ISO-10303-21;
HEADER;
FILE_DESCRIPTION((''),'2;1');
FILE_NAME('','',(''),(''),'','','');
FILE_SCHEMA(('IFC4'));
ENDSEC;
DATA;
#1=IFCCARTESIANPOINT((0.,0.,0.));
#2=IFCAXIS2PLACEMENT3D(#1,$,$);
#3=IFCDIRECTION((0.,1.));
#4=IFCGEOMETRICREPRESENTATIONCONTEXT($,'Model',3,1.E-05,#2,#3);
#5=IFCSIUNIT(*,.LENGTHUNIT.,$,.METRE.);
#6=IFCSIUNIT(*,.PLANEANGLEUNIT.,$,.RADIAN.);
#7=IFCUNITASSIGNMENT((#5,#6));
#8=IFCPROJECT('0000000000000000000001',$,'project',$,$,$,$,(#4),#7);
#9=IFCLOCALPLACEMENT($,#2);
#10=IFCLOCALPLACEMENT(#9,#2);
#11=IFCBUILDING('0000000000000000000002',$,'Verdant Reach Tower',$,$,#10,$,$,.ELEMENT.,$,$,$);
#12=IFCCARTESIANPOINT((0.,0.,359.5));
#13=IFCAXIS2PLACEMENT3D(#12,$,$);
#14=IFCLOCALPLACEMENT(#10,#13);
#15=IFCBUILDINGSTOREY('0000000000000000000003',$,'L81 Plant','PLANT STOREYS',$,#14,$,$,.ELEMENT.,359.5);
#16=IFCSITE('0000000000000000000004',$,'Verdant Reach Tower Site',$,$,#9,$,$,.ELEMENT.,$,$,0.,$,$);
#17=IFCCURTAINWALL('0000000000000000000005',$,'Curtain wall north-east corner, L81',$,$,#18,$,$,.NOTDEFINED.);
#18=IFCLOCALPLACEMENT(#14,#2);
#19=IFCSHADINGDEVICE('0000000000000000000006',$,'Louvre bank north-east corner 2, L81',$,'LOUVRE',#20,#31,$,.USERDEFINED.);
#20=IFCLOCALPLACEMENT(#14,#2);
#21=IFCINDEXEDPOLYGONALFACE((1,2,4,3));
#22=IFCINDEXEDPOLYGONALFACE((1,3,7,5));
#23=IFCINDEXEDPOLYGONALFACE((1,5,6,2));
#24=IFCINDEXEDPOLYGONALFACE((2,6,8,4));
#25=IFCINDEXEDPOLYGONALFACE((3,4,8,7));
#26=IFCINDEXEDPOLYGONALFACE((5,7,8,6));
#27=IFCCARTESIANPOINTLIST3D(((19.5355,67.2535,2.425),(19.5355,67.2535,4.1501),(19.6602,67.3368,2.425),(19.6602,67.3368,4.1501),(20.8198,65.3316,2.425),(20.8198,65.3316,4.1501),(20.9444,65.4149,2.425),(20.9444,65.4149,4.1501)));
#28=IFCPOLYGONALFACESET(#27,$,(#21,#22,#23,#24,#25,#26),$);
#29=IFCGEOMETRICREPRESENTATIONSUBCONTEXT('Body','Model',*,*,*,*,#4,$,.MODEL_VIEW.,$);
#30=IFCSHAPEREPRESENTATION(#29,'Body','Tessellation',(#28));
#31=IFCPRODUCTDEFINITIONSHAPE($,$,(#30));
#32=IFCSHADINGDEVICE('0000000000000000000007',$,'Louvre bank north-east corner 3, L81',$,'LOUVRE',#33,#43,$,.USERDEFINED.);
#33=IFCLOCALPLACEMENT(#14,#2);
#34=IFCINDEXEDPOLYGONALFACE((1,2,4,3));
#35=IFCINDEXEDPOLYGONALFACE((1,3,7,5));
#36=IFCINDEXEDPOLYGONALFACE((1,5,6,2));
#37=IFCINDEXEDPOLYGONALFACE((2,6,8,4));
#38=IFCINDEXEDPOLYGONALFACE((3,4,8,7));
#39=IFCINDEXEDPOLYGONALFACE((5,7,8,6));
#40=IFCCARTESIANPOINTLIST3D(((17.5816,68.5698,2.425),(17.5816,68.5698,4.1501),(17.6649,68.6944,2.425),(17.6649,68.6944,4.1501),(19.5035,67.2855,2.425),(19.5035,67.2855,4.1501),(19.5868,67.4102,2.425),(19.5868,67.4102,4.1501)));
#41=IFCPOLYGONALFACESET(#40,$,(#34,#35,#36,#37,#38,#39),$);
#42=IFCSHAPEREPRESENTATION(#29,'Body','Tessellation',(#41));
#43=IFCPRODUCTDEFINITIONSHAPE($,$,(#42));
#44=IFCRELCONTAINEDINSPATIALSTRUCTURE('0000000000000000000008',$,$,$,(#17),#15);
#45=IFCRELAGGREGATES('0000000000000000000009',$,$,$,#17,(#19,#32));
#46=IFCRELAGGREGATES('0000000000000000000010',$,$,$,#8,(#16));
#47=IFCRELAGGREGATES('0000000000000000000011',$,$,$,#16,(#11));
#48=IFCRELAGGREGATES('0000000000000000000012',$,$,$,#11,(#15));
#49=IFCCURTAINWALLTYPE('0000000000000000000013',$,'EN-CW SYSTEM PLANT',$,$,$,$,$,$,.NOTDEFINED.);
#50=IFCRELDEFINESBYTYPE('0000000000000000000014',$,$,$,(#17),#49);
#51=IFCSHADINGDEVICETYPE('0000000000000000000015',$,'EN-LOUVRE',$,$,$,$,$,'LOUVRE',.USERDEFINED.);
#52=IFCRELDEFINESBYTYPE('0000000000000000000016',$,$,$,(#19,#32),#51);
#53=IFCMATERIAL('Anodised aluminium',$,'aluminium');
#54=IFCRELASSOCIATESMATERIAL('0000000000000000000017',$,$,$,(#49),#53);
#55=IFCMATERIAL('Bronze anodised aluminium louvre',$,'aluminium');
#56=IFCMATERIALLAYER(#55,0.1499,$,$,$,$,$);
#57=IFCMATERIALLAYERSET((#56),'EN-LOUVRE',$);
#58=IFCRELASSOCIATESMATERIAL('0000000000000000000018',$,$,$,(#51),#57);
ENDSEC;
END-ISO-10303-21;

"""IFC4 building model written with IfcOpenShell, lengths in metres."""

from ifc_helpers import new_model, si_unit, direction, frame, origin, origin_2d, place, context, subcontext, project, spatial, rectangle, extrude, material, layer, layer_set, type_object, element, aggregate, save


model = new_model("IFC4")

# Units and contexts
model_context = context("Model", 3, precision=1e-05, world=origin(), true_north=direction((0.0, 1.0)))
body_context = subcontext(model_context, "Body", "Model", "MODEL_VIEW")
ifc_project = project(units=[si_unit("LENGTHUNIT", "METRE"), si_unit("PLANEANGLEUNIT", "RADIAN")], contexts=[model_context])

# Site, building, storey
site_placement = place(None, origin())
site = spatial("IfcSite", under=ifc_project, at=site_placement, Name="Verdant Reach Tower Site", CompositionType="ELEMENT", RefElevation=0.0)
building_placement = place(site_placement, origin())
building = spatial("IfcBuilding", under=site, at=building_placement, Name="Verdant Reach Tower", CompositionType="ELEMENT")
storey_placement = place(building_placement, frame((0.0, 0.0, 359.5)))
storey = spatial("IfcBuildingStorey", under=building, at=storey_placement, Name="L81 Plant", Description="PLANT STOREYS", CompositionType="ELEMENT", Elevation=359.5)

# Shared definitions
ifc_material_1 = material(Name="Anodised aluminium", Category="aluminium")
curtain_wall_type = type_object("IfcCurtainWallType", Name="EN-CW SYSTEM PLANT", PredefinedType="NOTDEFINED", material=ifc_material_1)

# Curtain wall
curtain_wall_1_placement = place(storey_placement, origin())
curtain_wall_1 = element("IfcCurtainWall", 1, at=curtain_wall_1_placement, inside=storey, type_object=curtain_wall_type, Name="Curtain wall north-east corner, L81", PredefinedType="NOTDEFINED")

# Shading devices
ifc_material_2 = material(Name="Bronze anodised aluminium louvre", Category="aluminium")
ifc_layer_1 = layer(ifc_material_2, 0.1499)
ifc_layer_set_1 = layer_set([ifc_layer_1], Name="EN-LOUVRE")
shading_device_type = type_object("IfcShadingDeviceType", Name="EN-LOUVRE", ElementType="LOUVRE", PredefinedType="USERDEFINED", material=ifc_layer_set_1)
shading_device_1_placement = place(storey_placement, frame((20.24, 66.3342, 2.425), z_axis=(0.0, 0.0, 1.0), x_axis=(-0.555596, 0.831452, 0.0)))
shading_device_1 = element("IfcShadingDevice", 2, at=shading_device_1_placement, type_object=shading_device_type, Name="Louvre bank north-east corner 2, L81", ObjectType="LOUVRE", PredefinedType="USERDEFINED", context=body_context, shape_type="SweptSolid", body=[
    extrude(rectangle(XDim=2.3115, YDim=0.1499, at=origin_2d()), origin(), (0.0, 0.0, 1.0), 1.7251),
])
shading_device_2_placement = place(storey_placement, frame((18.5842, 67.99, 2.425), z_axis=(0.0, 0.0, 1.0), x_axis=(-0.831452, 0.555596, 0.0)))
shading_device_2 = element("IfcShadingDevice", 3, at=shading_device_2_placement, type_object=shading_device_type, Name="Louvre bank north-east corner 3, L81", ObjectType="LOUVRE", PredefinedType="USERDEFINED", context=body_context, shape_type="SweptSolid", body=[
    extrude(rectangle(XDim=2.3115, YDim=0.1499, at=origin_2d()), origin(), (0.0, 0.0, 1.0), 1.7251),
])
aggregate(curtain_wall_1, [shading_device_1, shading_device_2])

save(model, "model.ifc")
